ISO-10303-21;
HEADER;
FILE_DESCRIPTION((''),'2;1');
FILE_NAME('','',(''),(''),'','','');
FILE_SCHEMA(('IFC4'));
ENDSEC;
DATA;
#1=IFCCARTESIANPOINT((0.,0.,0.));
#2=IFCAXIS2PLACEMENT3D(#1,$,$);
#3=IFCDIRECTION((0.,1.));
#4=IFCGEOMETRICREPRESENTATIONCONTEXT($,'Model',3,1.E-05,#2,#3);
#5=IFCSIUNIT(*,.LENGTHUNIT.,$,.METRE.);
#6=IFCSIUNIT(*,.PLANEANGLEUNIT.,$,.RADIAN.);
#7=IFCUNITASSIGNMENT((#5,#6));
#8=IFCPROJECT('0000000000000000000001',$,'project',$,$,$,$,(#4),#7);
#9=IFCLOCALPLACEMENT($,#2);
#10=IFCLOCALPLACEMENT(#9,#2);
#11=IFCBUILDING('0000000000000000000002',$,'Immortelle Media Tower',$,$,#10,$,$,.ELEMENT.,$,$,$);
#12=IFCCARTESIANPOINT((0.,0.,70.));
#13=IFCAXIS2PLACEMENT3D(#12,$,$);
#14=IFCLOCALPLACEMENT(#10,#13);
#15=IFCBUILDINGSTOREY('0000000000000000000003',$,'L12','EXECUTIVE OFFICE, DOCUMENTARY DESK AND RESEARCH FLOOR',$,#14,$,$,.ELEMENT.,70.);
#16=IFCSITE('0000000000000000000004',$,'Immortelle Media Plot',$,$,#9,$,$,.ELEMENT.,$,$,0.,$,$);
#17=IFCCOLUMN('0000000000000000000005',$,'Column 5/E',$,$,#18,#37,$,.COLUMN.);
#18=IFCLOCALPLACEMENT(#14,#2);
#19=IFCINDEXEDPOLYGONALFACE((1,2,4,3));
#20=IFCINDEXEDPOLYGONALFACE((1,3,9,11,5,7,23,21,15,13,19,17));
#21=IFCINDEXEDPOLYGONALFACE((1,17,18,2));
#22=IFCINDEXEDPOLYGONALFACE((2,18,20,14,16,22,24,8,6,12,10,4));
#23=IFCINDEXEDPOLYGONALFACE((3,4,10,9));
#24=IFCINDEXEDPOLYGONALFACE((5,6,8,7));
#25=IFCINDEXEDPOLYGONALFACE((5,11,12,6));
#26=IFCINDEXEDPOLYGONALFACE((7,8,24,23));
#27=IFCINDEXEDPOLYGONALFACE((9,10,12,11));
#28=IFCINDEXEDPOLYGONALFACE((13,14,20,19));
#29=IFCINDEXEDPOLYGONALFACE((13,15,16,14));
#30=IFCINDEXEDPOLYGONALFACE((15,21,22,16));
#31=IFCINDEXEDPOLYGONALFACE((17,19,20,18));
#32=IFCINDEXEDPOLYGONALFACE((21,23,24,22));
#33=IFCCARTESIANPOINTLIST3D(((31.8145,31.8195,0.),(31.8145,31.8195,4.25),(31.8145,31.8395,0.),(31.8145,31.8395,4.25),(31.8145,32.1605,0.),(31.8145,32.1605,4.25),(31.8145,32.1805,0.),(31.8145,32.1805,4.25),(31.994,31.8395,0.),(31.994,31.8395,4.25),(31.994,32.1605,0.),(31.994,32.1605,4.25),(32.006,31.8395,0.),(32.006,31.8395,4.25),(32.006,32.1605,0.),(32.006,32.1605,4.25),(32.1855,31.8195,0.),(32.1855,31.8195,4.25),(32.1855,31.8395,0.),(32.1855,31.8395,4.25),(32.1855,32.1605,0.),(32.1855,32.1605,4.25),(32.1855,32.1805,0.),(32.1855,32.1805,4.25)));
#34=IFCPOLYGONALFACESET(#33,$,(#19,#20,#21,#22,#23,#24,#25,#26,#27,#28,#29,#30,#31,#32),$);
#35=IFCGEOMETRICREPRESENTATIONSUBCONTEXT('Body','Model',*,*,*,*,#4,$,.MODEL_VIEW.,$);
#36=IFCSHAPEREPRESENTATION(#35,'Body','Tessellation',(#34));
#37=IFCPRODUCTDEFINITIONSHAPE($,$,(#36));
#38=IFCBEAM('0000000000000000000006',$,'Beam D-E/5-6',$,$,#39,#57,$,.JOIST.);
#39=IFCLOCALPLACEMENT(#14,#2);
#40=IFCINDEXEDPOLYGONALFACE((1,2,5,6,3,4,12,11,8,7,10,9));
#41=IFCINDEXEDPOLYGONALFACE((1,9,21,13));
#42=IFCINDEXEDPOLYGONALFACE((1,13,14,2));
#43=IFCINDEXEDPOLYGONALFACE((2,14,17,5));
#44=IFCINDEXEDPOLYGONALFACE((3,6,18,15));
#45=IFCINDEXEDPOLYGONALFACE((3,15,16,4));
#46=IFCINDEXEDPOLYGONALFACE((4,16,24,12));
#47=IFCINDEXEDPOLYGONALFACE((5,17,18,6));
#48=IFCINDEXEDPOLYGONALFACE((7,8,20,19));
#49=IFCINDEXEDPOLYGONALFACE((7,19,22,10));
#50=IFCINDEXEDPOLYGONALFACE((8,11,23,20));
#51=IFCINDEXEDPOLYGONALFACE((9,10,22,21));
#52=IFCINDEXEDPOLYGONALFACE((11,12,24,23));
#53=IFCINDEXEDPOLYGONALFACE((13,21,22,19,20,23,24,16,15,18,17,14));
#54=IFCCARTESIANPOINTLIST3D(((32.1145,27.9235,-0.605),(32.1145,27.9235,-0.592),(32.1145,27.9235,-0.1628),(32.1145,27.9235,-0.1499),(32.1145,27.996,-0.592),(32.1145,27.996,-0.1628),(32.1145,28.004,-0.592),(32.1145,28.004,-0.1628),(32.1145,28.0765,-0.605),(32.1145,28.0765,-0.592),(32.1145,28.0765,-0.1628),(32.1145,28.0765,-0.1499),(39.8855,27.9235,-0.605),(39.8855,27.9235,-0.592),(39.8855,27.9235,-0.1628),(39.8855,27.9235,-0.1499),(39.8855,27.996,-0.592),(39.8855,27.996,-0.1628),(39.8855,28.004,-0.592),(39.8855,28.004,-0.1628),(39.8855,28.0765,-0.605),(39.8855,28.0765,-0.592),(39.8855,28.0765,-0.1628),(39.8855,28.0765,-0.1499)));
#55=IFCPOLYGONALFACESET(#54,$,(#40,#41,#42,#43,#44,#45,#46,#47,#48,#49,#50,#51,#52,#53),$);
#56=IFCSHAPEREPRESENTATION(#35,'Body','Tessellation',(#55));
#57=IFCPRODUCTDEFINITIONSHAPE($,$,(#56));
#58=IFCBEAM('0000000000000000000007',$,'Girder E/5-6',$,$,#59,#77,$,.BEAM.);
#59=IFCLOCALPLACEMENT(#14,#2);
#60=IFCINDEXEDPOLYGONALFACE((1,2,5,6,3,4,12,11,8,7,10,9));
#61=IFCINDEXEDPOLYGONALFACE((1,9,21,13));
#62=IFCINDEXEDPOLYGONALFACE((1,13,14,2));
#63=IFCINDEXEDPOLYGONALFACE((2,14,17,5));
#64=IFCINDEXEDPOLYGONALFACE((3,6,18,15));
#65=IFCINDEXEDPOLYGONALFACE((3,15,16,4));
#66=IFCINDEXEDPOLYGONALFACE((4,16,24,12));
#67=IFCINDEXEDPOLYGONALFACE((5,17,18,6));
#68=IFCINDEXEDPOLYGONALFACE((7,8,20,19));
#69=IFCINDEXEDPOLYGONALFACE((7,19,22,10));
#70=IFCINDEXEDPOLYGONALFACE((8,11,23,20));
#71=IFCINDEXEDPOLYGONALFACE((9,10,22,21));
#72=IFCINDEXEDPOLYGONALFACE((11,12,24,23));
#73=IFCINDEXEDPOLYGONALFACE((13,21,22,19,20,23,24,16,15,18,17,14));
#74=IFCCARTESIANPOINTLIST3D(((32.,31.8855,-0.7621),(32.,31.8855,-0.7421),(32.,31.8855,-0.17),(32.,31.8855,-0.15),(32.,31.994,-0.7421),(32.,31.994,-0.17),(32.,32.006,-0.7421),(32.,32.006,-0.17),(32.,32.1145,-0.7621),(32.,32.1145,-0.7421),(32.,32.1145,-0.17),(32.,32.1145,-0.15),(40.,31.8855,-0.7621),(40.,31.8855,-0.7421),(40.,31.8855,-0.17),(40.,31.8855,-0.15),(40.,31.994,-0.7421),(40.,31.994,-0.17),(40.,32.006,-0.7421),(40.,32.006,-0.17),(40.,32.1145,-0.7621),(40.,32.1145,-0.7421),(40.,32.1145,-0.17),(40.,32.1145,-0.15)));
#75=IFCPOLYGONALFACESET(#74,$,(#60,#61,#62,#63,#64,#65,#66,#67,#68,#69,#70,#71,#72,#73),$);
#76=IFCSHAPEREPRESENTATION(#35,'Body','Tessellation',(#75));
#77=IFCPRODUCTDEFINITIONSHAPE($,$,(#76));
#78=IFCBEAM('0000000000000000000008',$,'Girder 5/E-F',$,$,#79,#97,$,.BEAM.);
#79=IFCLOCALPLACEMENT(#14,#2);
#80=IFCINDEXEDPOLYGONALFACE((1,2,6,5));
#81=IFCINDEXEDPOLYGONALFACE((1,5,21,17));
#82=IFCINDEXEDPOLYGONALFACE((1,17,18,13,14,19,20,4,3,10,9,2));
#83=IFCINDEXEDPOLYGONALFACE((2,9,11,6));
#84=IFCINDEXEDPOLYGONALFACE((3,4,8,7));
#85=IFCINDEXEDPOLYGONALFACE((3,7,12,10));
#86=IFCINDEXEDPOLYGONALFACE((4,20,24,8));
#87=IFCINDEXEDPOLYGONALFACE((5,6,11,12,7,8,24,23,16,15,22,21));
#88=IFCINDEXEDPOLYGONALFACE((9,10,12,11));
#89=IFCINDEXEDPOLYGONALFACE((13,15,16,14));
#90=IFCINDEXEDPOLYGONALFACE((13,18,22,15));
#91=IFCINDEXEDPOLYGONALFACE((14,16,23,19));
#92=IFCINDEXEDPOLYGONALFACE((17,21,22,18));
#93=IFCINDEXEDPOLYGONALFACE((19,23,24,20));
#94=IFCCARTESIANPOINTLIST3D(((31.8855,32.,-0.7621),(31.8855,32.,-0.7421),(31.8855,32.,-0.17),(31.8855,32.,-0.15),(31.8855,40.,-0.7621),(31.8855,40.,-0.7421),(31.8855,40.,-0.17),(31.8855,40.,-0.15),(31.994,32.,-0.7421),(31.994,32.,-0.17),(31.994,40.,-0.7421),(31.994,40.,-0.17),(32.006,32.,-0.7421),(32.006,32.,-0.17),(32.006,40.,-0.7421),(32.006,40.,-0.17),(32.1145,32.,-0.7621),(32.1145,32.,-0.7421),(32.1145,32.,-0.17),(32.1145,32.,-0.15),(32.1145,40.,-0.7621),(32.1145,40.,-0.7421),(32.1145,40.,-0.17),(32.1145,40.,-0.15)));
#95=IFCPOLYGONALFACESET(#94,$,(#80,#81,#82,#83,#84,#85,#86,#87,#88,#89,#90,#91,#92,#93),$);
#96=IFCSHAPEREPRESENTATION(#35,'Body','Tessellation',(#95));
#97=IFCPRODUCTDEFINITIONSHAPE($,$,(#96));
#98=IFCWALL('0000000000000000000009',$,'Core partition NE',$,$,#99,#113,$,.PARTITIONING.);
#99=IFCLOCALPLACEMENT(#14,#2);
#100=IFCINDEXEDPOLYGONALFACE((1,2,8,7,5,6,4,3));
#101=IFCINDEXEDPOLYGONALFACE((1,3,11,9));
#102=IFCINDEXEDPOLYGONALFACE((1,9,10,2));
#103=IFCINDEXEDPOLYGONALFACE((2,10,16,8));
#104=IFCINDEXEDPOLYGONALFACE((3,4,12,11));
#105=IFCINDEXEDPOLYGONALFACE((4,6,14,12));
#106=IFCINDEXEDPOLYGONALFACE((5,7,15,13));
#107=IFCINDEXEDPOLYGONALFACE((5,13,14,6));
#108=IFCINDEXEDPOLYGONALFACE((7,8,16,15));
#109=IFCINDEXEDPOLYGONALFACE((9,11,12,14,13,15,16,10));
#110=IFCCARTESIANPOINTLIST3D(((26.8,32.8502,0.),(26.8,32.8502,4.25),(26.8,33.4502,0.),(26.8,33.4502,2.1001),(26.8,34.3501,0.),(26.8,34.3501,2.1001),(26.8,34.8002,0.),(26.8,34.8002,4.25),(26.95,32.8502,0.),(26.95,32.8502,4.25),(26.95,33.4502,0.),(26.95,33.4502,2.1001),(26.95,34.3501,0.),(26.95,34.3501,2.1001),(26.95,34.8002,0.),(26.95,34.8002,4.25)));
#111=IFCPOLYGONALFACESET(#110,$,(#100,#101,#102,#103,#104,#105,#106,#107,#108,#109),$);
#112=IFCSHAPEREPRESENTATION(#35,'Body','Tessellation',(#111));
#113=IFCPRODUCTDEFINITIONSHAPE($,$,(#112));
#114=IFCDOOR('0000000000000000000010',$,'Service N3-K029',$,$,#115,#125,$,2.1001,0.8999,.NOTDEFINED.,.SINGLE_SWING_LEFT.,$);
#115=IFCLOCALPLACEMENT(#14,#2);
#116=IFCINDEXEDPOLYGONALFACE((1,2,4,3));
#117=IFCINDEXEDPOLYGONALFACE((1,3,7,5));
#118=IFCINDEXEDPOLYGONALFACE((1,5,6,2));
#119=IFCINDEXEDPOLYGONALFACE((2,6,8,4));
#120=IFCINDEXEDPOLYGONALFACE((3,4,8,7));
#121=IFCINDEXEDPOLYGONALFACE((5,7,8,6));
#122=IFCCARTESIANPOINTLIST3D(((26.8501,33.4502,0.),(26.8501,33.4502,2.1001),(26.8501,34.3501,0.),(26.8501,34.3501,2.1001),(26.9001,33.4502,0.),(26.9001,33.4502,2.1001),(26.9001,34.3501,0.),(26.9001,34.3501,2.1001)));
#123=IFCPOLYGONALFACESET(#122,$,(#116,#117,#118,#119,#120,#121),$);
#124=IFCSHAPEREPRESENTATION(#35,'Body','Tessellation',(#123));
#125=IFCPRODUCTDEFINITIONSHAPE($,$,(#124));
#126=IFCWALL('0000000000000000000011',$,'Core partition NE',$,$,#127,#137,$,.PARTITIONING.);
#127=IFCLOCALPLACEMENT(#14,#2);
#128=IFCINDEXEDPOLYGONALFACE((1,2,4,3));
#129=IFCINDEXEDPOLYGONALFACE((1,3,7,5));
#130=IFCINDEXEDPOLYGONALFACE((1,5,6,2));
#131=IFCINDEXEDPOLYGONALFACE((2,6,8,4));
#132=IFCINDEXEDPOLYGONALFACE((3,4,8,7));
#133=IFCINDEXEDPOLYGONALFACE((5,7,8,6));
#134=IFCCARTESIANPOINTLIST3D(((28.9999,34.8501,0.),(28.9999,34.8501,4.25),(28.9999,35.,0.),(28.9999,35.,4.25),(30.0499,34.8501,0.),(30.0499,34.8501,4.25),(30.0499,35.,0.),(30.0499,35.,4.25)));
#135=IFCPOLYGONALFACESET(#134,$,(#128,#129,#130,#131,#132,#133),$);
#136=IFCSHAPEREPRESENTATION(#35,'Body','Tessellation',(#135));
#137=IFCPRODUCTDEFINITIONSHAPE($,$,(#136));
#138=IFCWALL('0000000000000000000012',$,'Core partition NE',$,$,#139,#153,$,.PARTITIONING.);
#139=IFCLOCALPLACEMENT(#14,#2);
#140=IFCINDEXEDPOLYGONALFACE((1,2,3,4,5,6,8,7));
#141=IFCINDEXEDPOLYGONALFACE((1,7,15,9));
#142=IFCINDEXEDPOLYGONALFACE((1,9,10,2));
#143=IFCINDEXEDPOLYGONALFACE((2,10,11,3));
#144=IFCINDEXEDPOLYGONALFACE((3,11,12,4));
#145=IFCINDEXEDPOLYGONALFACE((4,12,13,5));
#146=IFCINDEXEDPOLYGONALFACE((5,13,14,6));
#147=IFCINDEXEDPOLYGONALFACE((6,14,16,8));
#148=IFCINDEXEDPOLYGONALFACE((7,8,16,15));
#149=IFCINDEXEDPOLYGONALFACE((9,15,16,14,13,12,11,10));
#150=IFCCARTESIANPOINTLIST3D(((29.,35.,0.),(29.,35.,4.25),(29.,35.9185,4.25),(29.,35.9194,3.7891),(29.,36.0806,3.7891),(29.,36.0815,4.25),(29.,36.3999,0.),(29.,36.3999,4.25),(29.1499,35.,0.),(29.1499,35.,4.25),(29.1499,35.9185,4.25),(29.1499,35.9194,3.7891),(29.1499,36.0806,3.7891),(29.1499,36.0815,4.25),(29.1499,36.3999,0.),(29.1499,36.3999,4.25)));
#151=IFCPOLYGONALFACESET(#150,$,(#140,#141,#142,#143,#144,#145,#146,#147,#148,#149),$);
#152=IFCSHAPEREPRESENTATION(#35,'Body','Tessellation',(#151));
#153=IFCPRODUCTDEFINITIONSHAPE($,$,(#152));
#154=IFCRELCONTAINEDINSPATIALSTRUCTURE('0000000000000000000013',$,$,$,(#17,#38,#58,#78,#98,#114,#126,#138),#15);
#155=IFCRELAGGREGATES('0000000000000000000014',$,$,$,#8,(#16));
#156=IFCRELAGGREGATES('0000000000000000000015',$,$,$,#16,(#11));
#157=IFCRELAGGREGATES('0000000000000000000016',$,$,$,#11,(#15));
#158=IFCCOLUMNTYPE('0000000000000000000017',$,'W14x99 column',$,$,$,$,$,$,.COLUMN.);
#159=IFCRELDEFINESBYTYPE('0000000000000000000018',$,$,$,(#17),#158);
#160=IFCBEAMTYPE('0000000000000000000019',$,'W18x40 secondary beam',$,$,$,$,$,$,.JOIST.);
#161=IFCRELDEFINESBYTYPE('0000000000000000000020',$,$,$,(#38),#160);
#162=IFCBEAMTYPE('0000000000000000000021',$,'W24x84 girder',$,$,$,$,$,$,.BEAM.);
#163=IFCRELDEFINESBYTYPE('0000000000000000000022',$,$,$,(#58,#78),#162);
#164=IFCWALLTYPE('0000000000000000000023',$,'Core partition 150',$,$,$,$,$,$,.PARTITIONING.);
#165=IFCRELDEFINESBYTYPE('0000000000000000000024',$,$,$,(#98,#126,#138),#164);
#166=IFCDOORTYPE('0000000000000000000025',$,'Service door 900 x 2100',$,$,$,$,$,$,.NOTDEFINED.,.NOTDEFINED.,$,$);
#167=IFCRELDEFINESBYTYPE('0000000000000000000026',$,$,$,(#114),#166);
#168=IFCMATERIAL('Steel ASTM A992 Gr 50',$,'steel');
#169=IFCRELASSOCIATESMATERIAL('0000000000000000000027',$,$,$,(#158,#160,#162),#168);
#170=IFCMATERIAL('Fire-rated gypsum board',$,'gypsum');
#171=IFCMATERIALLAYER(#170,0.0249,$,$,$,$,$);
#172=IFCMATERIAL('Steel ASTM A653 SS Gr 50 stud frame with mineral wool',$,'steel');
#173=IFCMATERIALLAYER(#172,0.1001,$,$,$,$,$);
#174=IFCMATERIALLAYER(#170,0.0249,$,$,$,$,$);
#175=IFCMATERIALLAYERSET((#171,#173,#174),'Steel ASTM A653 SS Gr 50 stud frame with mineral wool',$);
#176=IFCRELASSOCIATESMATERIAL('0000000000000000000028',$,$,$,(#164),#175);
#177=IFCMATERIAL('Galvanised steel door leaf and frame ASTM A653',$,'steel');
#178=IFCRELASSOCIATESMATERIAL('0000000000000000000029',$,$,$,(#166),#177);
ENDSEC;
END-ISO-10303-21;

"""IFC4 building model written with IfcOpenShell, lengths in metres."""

from ifc_helpers import new_model, si_unit, direction, frame, frame_2d, origin, origin_2d, place, context, subcontext, project, spatial, polyline, rectangle, i_section, outline, extrude, material, layer, layer_set, material_profile, profile_set, type_object, element, fill, save


model = new_model("IFC4")

# Units and contexts
model_context = context("Model", 3, precision=1e-05, world=origin(), true_north=direction((0.0, 1.0)))
body_context = subcontext(model_context, "Body", "Model", "MODEL_VIEW")
ifc_project = project(units=[si_unit("LENGTHUNIT", "METRE"), si_unit("PLANEANGLEUNIT", "RADIAN")], contexts=[model_context])

# Site, building, storey
site_placement = place(None, origin())
site = spatial("IfcSite", under=ifc_project, at=site_placement, Name="Immortelle Media Plot", CompositionType="ELEMENT", RefElevation=0.0)
building_placement = place(site_placement, origin())
building = spatial("IfcBuilding", under=site, at=building_placement, Name="Immortelle Media Tower", CompositionType="ELEMENT")
storey_placement = place(building_placement, frame((0.0, 0.0, 70.0)))
storey = spatial("IfcBuildingStorey", under=building, at=storey_placement, Name="L12", Description="EXECUTIVE OFFICE, DOCUMENTARY DESK AND RESEARCH FLOOR", CompositionType="ELEMENT", Elevation=70.0)

# Column
ifc_material_1 = material(Name="Steel ASTM A992 Gr 50", Category="steel")
ifc_material_profile_1 = material_profile(ifc_material_1, i_section(OverallWidth=0.3711, OverallDepth=0.3611, WebThickness=0.012, FlangeThickness=0.02, at=origin_2d()), Name="W14x99")
ifc_profile_set_1 = profile_set([ifc_material_profile_1], Name="Steel ASTM A992 Gr 50")
column_type = type_object("IfcColumnType", Name="W14x99 column", PredefinedType="COLUMN", material=ifc_profile_set_1)
column_placement = place(storey_placement, frame((32.0, 32.0, 0.0), z_axis=(0.0, 0.0, 1.0), x_axis=(1.0, 0.0, 0.0)))
element("IfcColumn", 1, at=column_placement, inside=storey, type_object=column_type, Name="Column 5/E", PredefinedType="COLUMN", context=body_context, shape_type="SweptSolid", body=[
    extrude(i_section(OverallWidth=0.3711, OverallDepth=0.3611, WebThickness=0.012, FlangeThickness=0.02, at=origin_2d()), origin(), (0.0, 0.0, 1.0), 4.25),
])

# Beams
ifc_material_profile_2 = material_profile(ifc_material_1, i_section(OverallWidth=0.1531, OverallDepth=0.4551, WebThickness=0.0081, FlangeThickness=0.0129, at=origin_2d()), Name="W18x40")
ifc_profile_set_2 = profile_set([ifc_material_profile_2], Name="Steel ASTM A992 Gr 50")
beam_type_1 = type_object("IfcBeamType", Name="W18x40 secondary beam", PredefinedType="JOIST", material=ifc_profile_set_2)
beam_placement = place(storey_placement, frame((32.1145, 28.0, -0.3774), z_axis=(1.0, 0.0, 0.0), x_axis=(0.0, 1.0, 0.0)))
element("IfcBeam", 2, at=beam_placement, inside=storey, type_object=beam_type_1, Name="Beam D-E/5-6", PredefinedType="JOIST", context=body_context, shape_type="SweptSolid", body=[
    extrude(i_section(OverallWidth=0.1531, OverallDepth=0.4551, WebThickness=0.0081, FlangeThickness=0.0129, at=origin_2d()), origin(), (0.0, 0.0, 1.0), 7.771),
])
ifc_material_profile_3 = material_profile(ifc_material_1, i_section(OverallWidth=0.229, OverallDepth=0.6121, WebThickness=0.012, FlangeThickness=0.02, at=origin_2d()), Name="W24x84")
ifc_profile_set_3 = profile_set([ifc_material_profile_3], Name="Steel ASTM A992 Gr 50")
beam_type_2 = type_object("IfcBeamType", Name="W24x84 girder", PredefinedType="BEAM", material=ifc_profile_set_3)
for number, where, z_axis, x_axis, name in (
    (3, (32.0, 32.0, -0.4561), (1.0, 0.0, 0.0), (0.0, 1.0, 0.0), "Girder E/5-6"),
    (4, (32.0, 32.0, -0.4561), (0.0, 1.0, 0.0), (-1.0, 0.0, 0.0), "Girder 5/E-F"),
):
    element("IfcBeam", number, at=place(storey_placement, frame(where, z_axis=z_axis, x_axis=x_axis)), inside=storey, type_object=beam_type_2, Name=name, PredefinedType="BEAM", context=body_context, shape_type="SweptSolid", body=[
        extrude(i_section(OverallWidth=0.229, OverallDepth=0.6121, WebThickness=0.012, FlangeThickness=0.02, at=origin_2d()), origin(), (0.0, 0.0, 1.0), 8.0),
    ])

# Wall, opening, door
ifc_material_2 = material(Name="Fire-rated gypsum board", Category="gypsum")
ifc_layer_1 = layer(ifc_material_2, 0.0249)
ifc_material_3 = material(Name="Steel ASTM A653 SS Gr 50 stud frame with mineral wool", Category="steel")
ifc_layer_2 = layer(ifc_material_3, 0.1001)
ifc_layer_3 = layer(ifc_material_2, 0.0249)
ifc_layer_set_1 = layer_set([ifc_layer_1, ifc_layer_2, ifc_layer_3], Name="Steel ASTM A653 SS Gr 50 stud frame with mineral wool")
wall_type_1 = type_object("IfcWallType", Name="Core partition 150", PredefinedType="PARTITIONING", material=ifc_layer_set_1)
wall_1_placement = place(storey_placement, frame((26.875, 32.8501, 0.0), z_axis=(0.0, 0.0, 1.0), x_axis=(0.0, 1.0, 0.0)))
wall_1 = element("IfcWall", 5, at=wall_1_placement, inside=storey, type_object=wall_type_1, Name="Core partition NE", PredefinedType="PARTITIONING", context=body_context, shape_type="SweptSolid", body=[
    extrude(rectangle(XDim=1.95, YDim=0.1499, at=frame_2d((0.9751, 0.0))), origin(), (0.0, 0.0, 1.0), 4.25),
])
opening_1_placement = place(wall_1_placement, frame((0.6001, 0.0, 0.0)))
opening_1 = element("IfcOpeningElement", 6, at=opening_1_placement, cuts=wall_1, PredefinedType="OPENING", context=body_context, shape_type="SweptSolid", body=[
    extrude(rectangle(XDim=0.8999, YDim=2.1001, at=frame_2d((0.45, 1.05))), frame((0.0, 0.085, 0.0), z_axis=(0.0, -1.0, 0.0), x_axis=(1.0, 0.0, 0.0)), (0.0, 0.0, 1.0), 0.1699),
])
ifc_material_4 = material(Name="Galvanised steel door leaf and frame ASTM A653", Category="steel")
door_type_1 = type_object("IfcDoorType", Name="Service door 900 x 2100", OperationType="NOTDEFINED", PredefinedType="NOTDEFINED", material=ifc_material_4)
door_1_placement = place(opening_1_placement, origin())
door_1 = element("IfcDoor", 7, at=door_1_placement, inside=storey, type_object=door_type_1, Name="Service N3-K029", OperationType="SINGLE_SWING_LEFT", OverallHeight=2.1001, OverallWidth=0.8999, PredefinedType="NOTDEFINED", context=body_context, shape_type="SweptSolid", body=[
    extrude(rectangle(XDim=0.8999, YDim=2.1001, at=frame_2d((0.45, 1.05))), frame((0.0, 0.0249, 0.0), z_axis=(0.0, -1.0, 0.0), x_axis=(1.0, 0.0, 0.0)), (0.0, 0.0, 1.0), 0.05),
])
fill(opening_1, door_1)

# Walls
wall_2_placement = place(storey_placement, frame((29.0, 34.925, 0.0), z_axis=(0.0, 0.0, 1.0), x_axis=(1.0, 0.0, 0.0)))
element("IfcWall", 8, at=wall_2_placement, inside=storey, type_object=wall_type_1, Name="Core partition NE", PredefinedType="PARTITIONING", context=body_context, shape_type="SweptSolid", body=[
    extrude(rectangle(XDim=1.05, YDim=0.1499, at=frame_2d((0.5249, 0.0))), origin(), (0.0, 0.0, 1.0), 4.25),
])
wall_3_placement = place(storey_placement, frame((29.075, 35.0, 0.0), z_axis=(0.0, 0.0, 1.0), x_axis=(0.0, 1.0, 0.0)))
element("IfcWall", 9, at=wall_3_placement, inside=storey, type_object=wall_type_1, Name="Core partition NE", PredefinedType="PARTITIONING", context=body_context, shape_type="SweptSolid", body=[
    extrude(outline(polyline([(0.0, 0.0), (1.3999, 0.0), (1.3999, 4.25), (1.0815, 4.25), (1.0806, 3.7891), (0.9194, 3.7891), (0.9185, 4.25), (0.0, 4.25), (0.0, 0.0)])), frame((0.0, 0.075, 0.0), z_axis=(0.0, -1.0, 0.0), x_axis=(1.0, 0.0, 0.0)), (0.0, 0.0, 1.0), 0.1499),
])

save(model, "model.ifc")
